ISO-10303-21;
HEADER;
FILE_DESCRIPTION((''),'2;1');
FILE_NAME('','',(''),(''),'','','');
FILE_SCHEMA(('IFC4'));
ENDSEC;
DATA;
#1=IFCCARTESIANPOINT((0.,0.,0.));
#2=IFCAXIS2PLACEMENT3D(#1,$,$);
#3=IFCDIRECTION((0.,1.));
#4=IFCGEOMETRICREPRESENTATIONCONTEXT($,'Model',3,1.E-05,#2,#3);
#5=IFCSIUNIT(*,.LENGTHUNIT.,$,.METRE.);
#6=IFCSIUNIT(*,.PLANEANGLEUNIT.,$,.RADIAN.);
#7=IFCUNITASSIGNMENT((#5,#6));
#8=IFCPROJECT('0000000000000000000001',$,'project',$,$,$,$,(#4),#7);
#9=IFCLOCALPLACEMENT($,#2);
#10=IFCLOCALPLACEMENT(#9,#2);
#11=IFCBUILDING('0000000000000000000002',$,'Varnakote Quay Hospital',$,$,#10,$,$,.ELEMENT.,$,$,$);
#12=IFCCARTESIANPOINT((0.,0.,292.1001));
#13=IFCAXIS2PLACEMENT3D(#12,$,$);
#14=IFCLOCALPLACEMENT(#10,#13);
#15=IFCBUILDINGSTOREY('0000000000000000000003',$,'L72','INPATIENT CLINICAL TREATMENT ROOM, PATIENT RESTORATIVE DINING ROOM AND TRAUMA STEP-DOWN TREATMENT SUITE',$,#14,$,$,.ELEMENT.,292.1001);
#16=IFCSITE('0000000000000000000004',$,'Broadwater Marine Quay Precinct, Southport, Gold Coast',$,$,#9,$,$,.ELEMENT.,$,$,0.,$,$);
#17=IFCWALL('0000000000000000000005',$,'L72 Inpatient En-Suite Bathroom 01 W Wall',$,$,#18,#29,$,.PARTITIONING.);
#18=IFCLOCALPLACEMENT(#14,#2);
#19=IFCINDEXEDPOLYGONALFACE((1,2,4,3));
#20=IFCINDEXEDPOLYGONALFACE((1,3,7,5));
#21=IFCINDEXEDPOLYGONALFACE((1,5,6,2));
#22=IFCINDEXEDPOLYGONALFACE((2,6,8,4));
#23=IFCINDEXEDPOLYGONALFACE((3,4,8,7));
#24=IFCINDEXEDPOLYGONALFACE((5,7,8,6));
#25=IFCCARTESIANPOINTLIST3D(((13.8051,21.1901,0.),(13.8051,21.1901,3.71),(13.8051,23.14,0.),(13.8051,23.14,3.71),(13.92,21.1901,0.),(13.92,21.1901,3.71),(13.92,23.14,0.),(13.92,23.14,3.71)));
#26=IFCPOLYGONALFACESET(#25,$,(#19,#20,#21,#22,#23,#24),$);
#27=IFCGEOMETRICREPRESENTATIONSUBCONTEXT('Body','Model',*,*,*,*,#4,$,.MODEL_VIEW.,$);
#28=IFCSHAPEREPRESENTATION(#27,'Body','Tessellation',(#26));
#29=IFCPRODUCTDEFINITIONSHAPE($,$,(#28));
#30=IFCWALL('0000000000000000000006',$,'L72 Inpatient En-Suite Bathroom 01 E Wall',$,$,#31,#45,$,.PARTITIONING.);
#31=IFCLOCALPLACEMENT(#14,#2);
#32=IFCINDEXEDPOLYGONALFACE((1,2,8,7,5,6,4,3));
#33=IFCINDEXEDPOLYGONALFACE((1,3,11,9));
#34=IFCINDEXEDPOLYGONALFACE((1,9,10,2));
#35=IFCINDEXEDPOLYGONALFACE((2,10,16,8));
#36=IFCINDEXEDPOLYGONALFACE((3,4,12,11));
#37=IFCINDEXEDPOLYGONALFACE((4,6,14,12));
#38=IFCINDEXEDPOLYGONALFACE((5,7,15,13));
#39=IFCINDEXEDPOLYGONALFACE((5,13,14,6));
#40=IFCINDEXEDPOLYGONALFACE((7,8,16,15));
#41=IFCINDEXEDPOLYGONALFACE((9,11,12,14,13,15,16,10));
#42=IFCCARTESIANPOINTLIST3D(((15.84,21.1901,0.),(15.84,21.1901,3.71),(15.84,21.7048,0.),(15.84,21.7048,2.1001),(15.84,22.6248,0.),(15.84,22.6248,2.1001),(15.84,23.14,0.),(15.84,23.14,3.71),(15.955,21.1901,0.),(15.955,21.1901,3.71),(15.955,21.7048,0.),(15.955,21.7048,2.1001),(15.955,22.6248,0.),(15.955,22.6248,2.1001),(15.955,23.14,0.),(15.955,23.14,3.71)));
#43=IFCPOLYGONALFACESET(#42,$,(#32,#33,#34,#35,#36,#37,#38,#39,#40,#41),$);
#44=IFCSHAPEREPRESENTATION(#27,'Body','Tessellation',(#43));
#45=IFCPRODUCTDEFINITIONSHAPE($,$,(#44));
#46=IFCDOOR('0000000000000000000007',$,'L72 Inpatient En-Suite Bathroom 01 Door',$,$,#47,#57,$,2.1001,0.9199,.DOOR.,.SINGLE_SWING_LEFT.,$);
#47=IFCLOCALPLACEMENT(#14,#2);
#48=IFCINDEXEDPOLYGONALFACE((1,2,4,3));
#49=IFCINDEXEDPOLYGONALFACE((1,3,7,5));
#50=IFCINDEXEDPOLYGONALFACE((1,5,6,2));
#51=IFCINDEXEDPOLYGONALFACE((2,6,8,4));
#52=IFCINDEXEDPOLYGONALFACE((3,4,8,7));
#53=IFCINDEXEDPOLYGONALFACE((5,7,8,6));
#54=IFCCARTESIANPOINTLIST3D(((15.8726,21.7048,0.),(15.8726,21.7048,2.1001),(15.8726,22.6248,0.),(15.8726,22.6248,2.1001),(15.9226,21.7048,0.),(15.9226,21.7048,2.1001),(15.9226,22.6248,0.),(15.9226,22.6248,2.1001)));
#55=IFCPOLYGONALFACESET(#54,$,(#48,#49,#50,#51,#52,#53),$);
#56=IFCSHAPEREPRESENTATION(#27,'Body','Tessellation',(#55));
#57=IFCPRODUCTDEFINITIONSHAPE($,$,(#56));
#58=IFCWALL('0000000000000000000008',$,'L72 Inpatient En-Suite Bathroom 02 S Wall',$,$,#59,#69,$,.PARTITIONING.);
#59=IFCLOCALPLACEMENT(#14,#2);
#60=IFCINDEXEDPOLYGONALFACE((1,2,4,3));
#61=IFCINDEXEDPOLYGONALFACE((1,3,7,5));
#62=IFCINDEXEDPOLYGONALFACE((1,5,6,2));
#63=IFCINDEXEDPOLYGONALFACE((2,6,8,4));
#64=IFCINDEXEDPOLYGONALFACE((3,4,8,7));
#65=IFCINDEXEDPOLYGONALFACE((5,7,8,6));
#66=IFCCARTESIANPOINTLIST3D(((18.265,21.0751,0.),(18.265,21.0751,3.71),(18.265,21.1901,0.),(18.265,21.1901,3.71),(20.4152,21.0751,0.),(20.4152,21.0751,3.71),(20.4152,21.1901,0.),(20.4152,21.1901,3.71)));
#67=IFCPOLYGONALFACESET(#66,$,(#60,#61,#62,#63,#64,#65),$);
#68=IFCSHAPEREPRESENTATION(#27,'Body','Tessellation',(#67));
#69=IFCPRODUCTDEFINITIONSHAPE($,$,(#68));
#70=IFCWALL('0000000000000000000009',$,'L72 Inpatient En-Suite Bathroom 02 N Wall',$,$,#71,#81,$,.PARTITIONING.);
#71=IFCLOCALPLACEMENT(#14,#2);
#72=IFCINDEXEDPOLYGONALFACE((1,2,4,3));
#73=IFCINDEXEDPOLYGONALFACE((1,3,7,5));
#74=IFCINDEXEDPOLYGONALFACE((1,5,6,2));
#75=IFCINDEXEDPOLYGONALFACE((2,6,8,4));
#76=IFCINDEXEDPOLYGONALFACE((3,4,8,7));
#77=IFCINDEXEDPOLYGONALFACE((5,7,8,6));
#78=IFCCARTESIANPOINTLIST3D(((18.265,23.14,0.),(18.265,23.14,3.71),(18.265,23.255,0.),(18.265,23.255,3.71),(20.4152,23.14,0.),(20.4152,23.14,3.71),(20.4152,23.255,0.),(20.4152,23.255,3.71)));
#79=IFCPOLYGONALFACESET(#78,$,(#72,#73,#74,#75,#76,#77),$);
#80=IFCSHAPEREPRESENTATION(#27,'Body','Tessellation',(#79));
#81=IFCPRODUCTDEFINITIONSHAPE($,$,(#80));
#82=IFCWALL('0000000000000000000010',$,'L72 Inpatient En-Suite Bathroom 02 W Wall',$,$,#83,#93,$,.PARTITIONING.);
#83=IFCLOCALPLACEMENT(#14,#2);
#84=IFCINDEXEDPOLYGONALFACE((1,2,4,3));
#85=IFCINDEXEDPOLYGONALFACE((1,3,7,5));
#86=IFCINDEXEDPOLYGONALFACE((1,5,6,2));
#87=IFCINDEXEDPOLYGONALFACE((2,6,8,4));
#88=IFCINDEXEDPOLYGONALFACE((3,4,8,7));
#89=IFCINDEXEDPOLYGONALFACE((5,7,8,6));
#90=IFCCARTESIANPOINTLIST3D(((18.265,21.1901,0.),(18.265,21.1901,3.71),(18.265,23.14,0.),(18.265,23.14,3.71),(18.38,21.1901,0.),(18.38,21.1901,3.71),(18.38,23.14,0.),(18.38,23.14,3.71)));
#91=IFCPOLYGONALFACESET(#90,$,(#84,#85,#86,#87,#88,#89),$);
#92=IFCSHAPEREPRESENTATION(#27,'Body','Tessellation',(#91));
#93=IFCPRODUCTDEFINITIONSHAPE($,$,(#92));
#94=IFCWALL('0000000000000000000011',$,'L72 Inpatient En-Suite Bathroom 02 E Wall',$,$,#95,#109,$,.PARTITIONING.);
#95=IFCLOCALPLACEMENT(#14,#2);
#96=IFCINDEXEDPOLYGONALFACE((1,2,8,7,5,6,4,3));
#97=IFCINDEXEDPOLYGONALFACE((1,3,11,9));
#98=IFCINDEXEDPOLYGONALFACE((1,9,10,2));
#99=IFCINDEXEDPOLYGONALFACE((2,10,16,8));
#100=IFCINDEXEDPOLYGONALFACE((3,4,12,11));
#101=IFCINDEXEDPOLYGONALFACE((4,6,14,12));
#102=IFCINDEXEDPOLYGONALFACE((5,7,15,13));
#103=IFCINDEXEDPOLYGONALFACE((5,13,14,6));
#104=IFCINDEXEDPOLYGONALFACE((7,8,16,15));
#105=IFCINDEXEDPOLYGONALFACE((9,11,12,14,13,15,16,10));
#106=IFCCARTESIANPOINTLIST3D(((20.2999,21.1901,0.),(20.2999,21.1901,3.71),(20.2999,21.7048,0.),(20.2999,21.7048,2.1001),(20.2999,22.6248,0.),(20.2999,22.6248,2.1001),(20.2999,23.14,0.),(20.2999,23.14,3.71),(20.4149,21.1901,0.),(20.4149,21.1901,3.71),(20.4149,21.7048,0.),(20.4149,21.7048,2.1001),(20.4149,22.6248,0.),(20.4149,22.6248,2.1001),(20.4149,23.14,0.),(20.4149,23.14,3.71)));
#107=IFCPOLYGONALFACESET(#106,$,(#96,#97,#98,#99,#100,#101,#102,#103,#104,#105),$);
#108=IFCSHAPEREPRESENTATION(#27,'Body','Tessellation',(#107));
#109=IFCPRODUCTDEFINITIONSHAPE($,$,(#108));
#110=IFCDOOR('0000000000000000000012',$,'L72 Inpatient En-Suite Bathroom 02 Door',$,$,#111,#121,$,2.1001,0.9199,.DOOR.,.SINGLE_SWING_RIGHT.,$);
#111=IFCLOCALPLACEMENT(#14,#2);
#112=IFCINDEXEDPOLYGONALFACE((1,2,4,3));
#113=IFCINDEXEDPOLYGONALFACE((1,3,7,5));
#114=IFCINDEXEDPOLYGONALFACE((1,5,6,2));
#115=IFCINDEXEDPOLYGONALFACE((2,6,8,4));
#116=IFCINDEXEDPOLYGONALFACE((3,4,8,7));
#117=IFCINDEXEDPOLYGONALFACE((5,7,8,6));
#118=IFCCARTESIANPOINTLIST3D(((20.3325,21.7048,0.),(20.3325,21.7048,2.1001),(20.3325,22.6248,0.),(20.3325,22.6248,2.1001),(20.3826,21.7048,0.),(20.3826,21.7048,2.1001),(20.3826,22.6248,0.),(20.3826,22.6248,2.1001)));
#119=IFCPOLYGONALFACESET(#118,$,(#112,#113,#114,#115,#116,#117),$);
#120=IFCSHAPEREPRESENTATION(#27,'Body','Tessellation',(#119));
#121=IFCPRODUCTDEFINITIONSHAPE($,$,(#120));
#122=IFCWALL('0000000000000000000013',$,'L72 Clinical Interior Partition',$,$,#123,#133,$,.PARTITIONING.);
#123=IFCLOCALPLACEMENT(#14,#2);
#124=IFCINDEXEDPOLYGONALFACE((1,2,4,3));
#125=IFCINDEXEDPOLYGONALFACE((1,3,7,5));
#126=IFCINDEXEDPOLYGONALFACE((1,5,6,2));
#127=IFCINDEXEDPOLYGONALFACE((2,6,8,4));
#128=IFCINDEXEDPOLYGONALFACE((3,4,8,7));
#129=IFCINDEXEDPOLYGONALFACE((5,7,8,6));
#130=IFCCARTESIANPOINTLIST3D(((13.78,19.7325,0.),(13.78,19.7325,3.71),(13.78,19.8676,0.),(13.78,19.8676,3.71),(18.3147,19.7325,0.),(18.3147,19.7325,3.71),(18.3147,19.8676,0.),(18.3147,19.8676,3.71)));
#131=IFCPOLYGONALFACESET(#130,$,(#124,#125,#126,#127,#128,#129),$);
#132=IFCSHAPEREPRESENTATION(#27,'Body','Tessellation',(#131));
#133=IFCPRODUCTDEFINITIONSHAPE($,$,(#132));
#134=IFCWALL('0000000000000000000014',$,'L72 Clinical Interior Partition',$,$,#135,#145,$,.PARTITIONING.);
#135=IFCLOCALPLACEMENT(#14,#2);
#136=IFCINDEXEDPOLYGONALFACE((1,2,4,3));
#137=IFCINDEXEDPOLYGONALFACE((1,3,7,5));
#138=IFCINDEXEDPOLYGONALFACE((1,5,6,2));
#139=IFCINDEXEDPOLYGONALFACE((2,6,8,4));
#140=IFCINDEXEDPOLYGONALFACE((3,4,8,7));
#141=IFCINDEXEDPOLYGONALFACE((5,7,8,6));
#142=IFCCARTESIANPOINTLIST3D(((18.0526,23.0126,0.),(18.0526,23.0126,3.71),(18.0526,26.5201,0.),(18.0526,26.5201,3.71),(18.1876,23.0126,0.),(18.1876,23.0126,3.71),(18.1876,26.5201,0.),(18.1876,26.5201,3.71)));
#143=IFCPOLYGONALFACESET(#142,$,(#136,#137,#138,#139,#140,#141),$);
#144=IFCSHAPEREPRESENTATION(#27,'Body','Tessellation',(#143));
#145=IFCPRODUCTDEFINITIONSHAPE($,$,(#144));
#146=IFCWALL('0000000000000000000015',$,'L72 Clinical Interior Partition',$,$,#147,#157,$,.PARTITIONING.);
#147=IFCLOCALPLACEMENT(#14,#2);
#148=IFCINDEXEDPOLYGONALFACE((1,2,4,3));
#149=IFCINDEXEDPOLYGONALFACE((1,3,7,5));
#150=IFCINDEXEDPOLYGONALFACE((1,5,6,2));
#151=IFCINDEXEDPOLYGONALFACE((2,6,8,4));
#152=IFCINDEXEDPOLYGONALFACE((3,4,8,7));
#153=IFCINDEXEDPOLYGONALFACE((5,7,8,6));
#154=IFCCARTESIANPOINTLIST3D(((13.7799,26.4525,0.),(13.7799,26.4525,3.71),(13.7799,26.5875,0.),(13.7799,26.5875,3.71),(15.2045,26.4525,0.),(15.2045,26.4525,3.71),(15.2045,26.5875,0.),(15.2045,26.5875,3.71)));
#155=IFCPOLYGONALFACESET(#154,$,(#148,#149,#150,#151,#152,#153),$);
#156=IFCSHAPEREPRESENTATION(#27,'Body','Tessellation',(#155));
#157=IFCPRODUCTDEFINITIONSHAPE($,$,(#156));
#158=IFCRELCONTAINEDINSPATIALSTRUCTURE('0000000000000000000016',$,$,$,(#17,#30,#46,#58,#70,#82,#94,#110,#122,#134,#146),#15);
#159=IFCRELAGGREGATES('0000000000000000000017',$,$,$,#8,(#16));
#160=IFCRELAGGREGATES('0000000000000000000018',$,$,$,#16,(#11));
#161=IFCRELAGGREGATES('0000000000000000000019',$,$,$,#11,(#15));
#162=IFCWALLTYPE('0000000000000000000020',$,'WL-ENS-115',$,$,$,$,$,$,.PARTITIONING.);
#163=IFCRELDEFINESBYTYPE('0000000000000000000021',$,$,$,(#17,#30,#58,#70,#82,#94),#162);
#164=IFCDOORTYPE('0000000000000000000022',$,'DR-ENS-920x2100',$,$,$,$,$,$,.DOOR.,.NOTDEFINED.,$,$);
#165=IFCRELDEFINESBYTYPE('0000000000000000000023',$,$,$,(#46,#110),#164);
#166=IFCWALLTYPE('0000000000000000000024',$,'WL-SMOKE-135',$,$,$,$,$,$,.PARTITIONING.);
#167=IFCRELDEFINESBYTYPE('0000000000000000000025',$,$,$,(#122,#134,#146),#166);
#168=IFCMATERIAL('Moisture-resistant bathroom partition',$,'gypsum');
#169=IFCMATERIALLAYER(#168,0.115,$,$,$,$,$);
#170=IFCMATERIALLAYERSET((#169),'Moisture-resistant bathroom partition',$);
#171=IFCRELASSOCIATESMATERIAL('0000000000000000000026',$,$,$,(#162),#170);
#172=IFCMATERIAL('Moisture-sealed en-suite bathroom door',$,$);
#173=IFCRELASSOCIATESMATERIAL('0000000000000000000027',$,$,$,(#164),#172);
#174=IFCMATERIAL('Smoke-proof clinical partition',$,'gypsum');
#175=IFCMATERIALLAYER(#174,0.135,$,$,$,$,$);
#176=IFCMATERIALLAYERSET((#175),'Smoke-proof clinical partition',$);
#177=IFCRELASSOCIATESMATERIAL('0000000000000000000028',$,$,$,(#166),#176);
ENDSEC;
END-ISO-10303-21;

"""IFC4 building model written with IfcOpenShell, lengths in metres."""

from ifc_helpers import new_model, si_unit, direction, frame, frame_2d, origin, place, context, subcontext, project, spatial, rectangle, extrude, material, layer, layer_set, type_object, element, fill, save


model = new_model("IFC4")

# Units and contexts
model_context = context("Model", 3, precision=1e-05, world=origin(), true_north=direction((0.0, 1.0)))
body_context = subcontext(model_context, "Body", "Model", "MODEL_VIEW")
ifc_project = project(units=[si_unit("LENGTHUNIT", "METRE"), si_unit("PLANEANGLEUNIT", "RADIAN")], contexts=[model_context])

# Site, building, storey
site_placement = place(None, origin())
site = spatial("IfcSite", under=ifc_project, at=site_placement, Name="Broadwater Marine Quay Precinct, Southport, Gold Coast", CompositionType="ELEMENT", RefElevation=0.0)
building_placement = place(site_placement, origin())
building = spatial("IfcBuilding", under=site, at=building_placement, Name="Varnakote Quay Hospital", CompositionType="ELEMENT")
storey_placement = place(building_placement, frame((0.0, 0.0, 292.1001)))
storey = spatial("IfcBuildingStorey", under=building, at=storey_placement, Name="L72", Description="INPATIENT CLINICAL TREATMENT ROOM, PATIENT RESTORATIVE DINING ROOM AND TRAUMA STEP-DOWN TREATMENT SUITE", CompositionType="ELEMENT", Elevation=292.1001)

# Wall
ifc_material_1 = material(Name="Moisture-resistant bathroom partition", Category="gypsum")
ifc_layer_1 = layer(ifc_material_1, 0.115)
ifc_layer_set_1 = layer_set([ifc_layer_1], Name="Moisture-resistant bathroom partition")
wall_type_1 = type_object("IfcWallType", Name="WL-ENS-115", PredefinedType="PARTITIONING", material=ifc_layer_set_1)
wall_1_placement = place(storey_placement, frame((13.8625, 21.1899, 0.0), z_axis=(0.0, 0.0, 1.0), x_axis=(0.0, 1.0, 0.0)))
element("IfcWall", 1, at=wall_1_placement, inside=storey, type_object=wall_type_1, Name="L72 Inpatient En-Suite Bathroom 01 W Wall", PredefinedType="PARTITIONING", context=body_context, shape_type="SweptSolid", body=[
    extrude(rectangle(XDim=1.95, YDim=0.115, at=frame_2d((0.9751, 0.0))), origin(), (0.0, 0.0, 1.0), 3.71),
])

# Wall, opening, door
wall_2_placement = place(storey_placement, frame((15.8975, 21.1899, 0.0), z_axis=(0.0, 0.0, 1.0), x_axis=(0.0, 1.0, 0.0)))
wall_2 = element("IfcWall", 2, at=wall_2_placement, inside=storey, type_object=wall_type_1, Name="L72 Inpatient En-Suite Bathroom 01 E Wall", PredefinedType="PARTITIONING", context=body_context, shape_type="SweptSolid", body=[
    extrude(rectangle(XDim=1.95, YDim=0.115, at=frame_2d((0.9751, 0.0))), origin(), (0.0, 0.0, 1.0), 3.71),
])
opening_1_placement = place(wall_2_placement, frame((0.5149, 0.0, 0.0)))
opening_1 = element("IfcOpeningElement", 3, at=opening_1_placement, cuts=wall_2, PredefinedType="OPENING", context=body_context, shape_type="SweptSolid", body=[
    extrude(rectangle(XDim=0.9199, YDim=2.1001, at=frame_2d((0.46, 1.05))), frame((0.0, 0.0674, 0.0), z_axis=(0.0, -1.0, 0.0), x_axis=(1.0, 0.0, 0.0)), (0.0, 0.0, 1.0), 0.135),
])
ifc_material_2 = material(Name="Moisture-sealed en-suite bathroom door")
door_type_1 = type_object("IfcDoorType", Name="DR-ENS-920x2100", OperationType="NOTDEFINED", PredefinedType="DOOR", material=ifc_material_2)
door_1_placement = place(opening_1_placement, origin())
door_1 = element("IfcDoor", 4, at=door_1_placement, inside=storey, type_object=door_type_1, Name="L72 Inpatient En-Suite Bathroom 01 Door", OperationType="SINGLE_SWING_LEFT", OverallHeight=2.1001, OverallWidth=0.9199, PredefinedType="DOOR", context=body_context, shape_type="SweptSolid", body=[
    extrude(rectangle(XDim=0.9199, YDim=2.1001, at=frame_2d((0.46, 1.05))), frame((0.0, 0.0249, 0.0), z_axis=(0.0, -1.0, 0.0), x_axis=(1.0, 0.0, 0.0)), (0.0, 0.0, 1.0), 0.05),
])
fill(opening_1, door_1)

# Walls
for number, where, z_axis, x_axis, name in (
    (5, (18.2649, 21.1326, 0.0), (0.0, 0.0, 1.0), (1.0, 0.0, 0.0), "L72 Inpatient En-Suite Bathroom 02 S Wall"),
    (6, (18.2649, 23.1975, 0.0), (0.0, 0.0, 1.0), (1.0, 0.0, 0.0), "L72 Inpatient En-Suite Bathroom 02 N Wall"),
):
    element("IfcWall", number, at=place(storey_placement, frame(where, z_axis=z_axis, x_axis=x_axis)), inside=storey, type_object=wall_type_1, Name=name, PredefinedType="PARTITIONING", context=body_context, shape_type="SweptSolid", body=[
        extrude(rectangle(XDim=2.1501, YDim=0.115, at=frame_2d((1.0752, 0.0))), origin(), (0.0, 0.0, 1.0), 3.71),
    ])
wall_3_placement = place(storey_placement, frame((18.3225, 21.1899, 0.0), z_axis=(0.0, 0.0, 1.0), x_axis=(0.0, 1.0, 0.0)))
element("IfcWall", 7, at=wall_3_placement, inside=storey, type_object=wall_type_1, Name="L72 Inpatient En-Suite Bathroom 02 W Wall", PredefinedType="PARTITIONING", context=body_context, shape_type="SweptSolid", body=[
    extrude(rectangle(XDim=1.95, YDim=0.115, at=frame_2d((0.9751, 0.0))), origin(), (0.0, 0.0, 1.0), 3.71),
])

# Wall, opening, door
wall_4_placement = place(storey_placement, frame((20.3574, 21.1899, 0.0), z_axis=(0.0, 0.0, 1.0), x_axis=(0.0, 1.0, 0.0)))
wall_4 = element("IfcWall", 8, at=wall_4_placement, inside=storey, type_object=wall_type_1, Name="L72 Inpatient En-Suite Bathroom 02 E Wall", PredefinedType="PARTITIONING", context=body_context, shape_type="SweptSolid", body=[
    extrude(rectangle(XDim=1.95, YDim=0.115, at=frame_2d((0.9751, 0.0))), origin(), (0.0, 0.0, 1.0), 3.71),
])
opening_2_placement = place(wall_4_placement, frame((0.5149, 0.0, 0.0)))
opening_2 = element("IfcOpeningElement", 9, at=opening_2_placement, cuts=wall_4, PredefinedType="OPENING", context=body_context, shape_type="SweptSolid", body=[
    extrude(rectangle(XDim=0.9199, YDim=2.1001, at=frame_2d((0.46, 1.05))), frame((0.0, 0.0674, 0.0), z_axis=(0.0, -1.0, 0.0), x_axis=(1.0, 0.0, 0.0)), (0.0, 0.0, 1.0), 0.135),
])
door_2_placement = place(opening_2_placement, origin())
door_2 = element("IfcDoor", 10, at=door_2_placement, inside=storey, type_object=door_type_1, Name="L72 Inpatient En-Suite Bathroom 02 Door", OperationType="SINGLE_SWING_RIGHT", OverallHeight=2.1001, OverallWidth=0.9199, PredefinedType="DOOR", context=body_context, shape_type="SweptSolid", body=[
    extrude(rectangle(XDim=0.9199, YDim=2.1001, at=frame_2d((0.46, 1.05))), frame((0.0, 0.0249, 0.0), z_axis=(0.0, -1.0, 0.0), x_axis=(1.0, 0.0, 0.0)), (0.0, 0.0, 1.0), 0.05),
])
fill(opening_2, door_2)

# Walls
ifc_material_3 = material(Name="Smoke-proof clinical partition", Category="gypsum")
ifc_layer_2 = layer(ifc_material_3, 0.135)
ifc_layer_set_2 = layer_set([ifc_layer_2], Name="Smoke-proof clinical partition")
wall_type_2 = type_object("IfcWallType", Name="WL-SMOKE-135", PredefinedType="PARTITIONING", material=ifc_layer_set_2)
wall_5_placement = place(storey_placement, frame((18.3147, 19.8, 0.0), z_axis=(0.0, 0.0, 1.0), x_axis=(-1.0, 0.0, 0.0)))
element("IfcWall", 11, at=wall_5_placement, inside=storey, type_object=wall_type_2, Name="L72 Clinical Interior Partition", PredefinedType="PARTITIONING", context=body_context, shape_type="SweptSolid", body=[
    extrude(rectangle(XDim=4.5347, YDim=0.135, at=frame_2d((2.2673, 0.0))), origin(), (0.0, 0.0, 1.0), 3.71),
])
wall_6_placement = place(storey_placement, frame((18.1201, 23.0125, 0.0), z_axis=(0.0, 0.0, 1.0), x_axis=(0.0, 1.0, 0.0)))
element("IfcWall", 12, at=wall_6_placement, inside=storey, type_object=wall_type_2, Name="L72 Clinical Interior Partition", PredefinedType="PARTITIONING", context=body_context, shape_type="SweptSolid", body=[
    extrude(rectangle(XDim=3.5076, YDim=0.135, at=frame_2d((1.7539, 0.0))), origin(), (0.0, 0.0, 1.0), 3.71),
])
wall_7_placement = place(storey_placement, frame((15.2046, 26.52, 0.0), z_axis=(0.0, 0.0, 1.0), x_axis=(-1.0, 0.0, 0.0)))
element("IfcWall", 13, at=wall_7_placement, inside=storey, type_object=wall_type_2, Name="L72 Clinical Interior Partition", PredefinedType="PARTITIONING", context=body_context, shape_type="SweptSolid", body=[
    extrude(rectangle(XDim=1.4246, YDim=0.135, at=frame_2d((0.7124, 0.0))), origin(), (0.0, 0.0, 1.0), 3.71),
])

save(model, "model.ifc")
